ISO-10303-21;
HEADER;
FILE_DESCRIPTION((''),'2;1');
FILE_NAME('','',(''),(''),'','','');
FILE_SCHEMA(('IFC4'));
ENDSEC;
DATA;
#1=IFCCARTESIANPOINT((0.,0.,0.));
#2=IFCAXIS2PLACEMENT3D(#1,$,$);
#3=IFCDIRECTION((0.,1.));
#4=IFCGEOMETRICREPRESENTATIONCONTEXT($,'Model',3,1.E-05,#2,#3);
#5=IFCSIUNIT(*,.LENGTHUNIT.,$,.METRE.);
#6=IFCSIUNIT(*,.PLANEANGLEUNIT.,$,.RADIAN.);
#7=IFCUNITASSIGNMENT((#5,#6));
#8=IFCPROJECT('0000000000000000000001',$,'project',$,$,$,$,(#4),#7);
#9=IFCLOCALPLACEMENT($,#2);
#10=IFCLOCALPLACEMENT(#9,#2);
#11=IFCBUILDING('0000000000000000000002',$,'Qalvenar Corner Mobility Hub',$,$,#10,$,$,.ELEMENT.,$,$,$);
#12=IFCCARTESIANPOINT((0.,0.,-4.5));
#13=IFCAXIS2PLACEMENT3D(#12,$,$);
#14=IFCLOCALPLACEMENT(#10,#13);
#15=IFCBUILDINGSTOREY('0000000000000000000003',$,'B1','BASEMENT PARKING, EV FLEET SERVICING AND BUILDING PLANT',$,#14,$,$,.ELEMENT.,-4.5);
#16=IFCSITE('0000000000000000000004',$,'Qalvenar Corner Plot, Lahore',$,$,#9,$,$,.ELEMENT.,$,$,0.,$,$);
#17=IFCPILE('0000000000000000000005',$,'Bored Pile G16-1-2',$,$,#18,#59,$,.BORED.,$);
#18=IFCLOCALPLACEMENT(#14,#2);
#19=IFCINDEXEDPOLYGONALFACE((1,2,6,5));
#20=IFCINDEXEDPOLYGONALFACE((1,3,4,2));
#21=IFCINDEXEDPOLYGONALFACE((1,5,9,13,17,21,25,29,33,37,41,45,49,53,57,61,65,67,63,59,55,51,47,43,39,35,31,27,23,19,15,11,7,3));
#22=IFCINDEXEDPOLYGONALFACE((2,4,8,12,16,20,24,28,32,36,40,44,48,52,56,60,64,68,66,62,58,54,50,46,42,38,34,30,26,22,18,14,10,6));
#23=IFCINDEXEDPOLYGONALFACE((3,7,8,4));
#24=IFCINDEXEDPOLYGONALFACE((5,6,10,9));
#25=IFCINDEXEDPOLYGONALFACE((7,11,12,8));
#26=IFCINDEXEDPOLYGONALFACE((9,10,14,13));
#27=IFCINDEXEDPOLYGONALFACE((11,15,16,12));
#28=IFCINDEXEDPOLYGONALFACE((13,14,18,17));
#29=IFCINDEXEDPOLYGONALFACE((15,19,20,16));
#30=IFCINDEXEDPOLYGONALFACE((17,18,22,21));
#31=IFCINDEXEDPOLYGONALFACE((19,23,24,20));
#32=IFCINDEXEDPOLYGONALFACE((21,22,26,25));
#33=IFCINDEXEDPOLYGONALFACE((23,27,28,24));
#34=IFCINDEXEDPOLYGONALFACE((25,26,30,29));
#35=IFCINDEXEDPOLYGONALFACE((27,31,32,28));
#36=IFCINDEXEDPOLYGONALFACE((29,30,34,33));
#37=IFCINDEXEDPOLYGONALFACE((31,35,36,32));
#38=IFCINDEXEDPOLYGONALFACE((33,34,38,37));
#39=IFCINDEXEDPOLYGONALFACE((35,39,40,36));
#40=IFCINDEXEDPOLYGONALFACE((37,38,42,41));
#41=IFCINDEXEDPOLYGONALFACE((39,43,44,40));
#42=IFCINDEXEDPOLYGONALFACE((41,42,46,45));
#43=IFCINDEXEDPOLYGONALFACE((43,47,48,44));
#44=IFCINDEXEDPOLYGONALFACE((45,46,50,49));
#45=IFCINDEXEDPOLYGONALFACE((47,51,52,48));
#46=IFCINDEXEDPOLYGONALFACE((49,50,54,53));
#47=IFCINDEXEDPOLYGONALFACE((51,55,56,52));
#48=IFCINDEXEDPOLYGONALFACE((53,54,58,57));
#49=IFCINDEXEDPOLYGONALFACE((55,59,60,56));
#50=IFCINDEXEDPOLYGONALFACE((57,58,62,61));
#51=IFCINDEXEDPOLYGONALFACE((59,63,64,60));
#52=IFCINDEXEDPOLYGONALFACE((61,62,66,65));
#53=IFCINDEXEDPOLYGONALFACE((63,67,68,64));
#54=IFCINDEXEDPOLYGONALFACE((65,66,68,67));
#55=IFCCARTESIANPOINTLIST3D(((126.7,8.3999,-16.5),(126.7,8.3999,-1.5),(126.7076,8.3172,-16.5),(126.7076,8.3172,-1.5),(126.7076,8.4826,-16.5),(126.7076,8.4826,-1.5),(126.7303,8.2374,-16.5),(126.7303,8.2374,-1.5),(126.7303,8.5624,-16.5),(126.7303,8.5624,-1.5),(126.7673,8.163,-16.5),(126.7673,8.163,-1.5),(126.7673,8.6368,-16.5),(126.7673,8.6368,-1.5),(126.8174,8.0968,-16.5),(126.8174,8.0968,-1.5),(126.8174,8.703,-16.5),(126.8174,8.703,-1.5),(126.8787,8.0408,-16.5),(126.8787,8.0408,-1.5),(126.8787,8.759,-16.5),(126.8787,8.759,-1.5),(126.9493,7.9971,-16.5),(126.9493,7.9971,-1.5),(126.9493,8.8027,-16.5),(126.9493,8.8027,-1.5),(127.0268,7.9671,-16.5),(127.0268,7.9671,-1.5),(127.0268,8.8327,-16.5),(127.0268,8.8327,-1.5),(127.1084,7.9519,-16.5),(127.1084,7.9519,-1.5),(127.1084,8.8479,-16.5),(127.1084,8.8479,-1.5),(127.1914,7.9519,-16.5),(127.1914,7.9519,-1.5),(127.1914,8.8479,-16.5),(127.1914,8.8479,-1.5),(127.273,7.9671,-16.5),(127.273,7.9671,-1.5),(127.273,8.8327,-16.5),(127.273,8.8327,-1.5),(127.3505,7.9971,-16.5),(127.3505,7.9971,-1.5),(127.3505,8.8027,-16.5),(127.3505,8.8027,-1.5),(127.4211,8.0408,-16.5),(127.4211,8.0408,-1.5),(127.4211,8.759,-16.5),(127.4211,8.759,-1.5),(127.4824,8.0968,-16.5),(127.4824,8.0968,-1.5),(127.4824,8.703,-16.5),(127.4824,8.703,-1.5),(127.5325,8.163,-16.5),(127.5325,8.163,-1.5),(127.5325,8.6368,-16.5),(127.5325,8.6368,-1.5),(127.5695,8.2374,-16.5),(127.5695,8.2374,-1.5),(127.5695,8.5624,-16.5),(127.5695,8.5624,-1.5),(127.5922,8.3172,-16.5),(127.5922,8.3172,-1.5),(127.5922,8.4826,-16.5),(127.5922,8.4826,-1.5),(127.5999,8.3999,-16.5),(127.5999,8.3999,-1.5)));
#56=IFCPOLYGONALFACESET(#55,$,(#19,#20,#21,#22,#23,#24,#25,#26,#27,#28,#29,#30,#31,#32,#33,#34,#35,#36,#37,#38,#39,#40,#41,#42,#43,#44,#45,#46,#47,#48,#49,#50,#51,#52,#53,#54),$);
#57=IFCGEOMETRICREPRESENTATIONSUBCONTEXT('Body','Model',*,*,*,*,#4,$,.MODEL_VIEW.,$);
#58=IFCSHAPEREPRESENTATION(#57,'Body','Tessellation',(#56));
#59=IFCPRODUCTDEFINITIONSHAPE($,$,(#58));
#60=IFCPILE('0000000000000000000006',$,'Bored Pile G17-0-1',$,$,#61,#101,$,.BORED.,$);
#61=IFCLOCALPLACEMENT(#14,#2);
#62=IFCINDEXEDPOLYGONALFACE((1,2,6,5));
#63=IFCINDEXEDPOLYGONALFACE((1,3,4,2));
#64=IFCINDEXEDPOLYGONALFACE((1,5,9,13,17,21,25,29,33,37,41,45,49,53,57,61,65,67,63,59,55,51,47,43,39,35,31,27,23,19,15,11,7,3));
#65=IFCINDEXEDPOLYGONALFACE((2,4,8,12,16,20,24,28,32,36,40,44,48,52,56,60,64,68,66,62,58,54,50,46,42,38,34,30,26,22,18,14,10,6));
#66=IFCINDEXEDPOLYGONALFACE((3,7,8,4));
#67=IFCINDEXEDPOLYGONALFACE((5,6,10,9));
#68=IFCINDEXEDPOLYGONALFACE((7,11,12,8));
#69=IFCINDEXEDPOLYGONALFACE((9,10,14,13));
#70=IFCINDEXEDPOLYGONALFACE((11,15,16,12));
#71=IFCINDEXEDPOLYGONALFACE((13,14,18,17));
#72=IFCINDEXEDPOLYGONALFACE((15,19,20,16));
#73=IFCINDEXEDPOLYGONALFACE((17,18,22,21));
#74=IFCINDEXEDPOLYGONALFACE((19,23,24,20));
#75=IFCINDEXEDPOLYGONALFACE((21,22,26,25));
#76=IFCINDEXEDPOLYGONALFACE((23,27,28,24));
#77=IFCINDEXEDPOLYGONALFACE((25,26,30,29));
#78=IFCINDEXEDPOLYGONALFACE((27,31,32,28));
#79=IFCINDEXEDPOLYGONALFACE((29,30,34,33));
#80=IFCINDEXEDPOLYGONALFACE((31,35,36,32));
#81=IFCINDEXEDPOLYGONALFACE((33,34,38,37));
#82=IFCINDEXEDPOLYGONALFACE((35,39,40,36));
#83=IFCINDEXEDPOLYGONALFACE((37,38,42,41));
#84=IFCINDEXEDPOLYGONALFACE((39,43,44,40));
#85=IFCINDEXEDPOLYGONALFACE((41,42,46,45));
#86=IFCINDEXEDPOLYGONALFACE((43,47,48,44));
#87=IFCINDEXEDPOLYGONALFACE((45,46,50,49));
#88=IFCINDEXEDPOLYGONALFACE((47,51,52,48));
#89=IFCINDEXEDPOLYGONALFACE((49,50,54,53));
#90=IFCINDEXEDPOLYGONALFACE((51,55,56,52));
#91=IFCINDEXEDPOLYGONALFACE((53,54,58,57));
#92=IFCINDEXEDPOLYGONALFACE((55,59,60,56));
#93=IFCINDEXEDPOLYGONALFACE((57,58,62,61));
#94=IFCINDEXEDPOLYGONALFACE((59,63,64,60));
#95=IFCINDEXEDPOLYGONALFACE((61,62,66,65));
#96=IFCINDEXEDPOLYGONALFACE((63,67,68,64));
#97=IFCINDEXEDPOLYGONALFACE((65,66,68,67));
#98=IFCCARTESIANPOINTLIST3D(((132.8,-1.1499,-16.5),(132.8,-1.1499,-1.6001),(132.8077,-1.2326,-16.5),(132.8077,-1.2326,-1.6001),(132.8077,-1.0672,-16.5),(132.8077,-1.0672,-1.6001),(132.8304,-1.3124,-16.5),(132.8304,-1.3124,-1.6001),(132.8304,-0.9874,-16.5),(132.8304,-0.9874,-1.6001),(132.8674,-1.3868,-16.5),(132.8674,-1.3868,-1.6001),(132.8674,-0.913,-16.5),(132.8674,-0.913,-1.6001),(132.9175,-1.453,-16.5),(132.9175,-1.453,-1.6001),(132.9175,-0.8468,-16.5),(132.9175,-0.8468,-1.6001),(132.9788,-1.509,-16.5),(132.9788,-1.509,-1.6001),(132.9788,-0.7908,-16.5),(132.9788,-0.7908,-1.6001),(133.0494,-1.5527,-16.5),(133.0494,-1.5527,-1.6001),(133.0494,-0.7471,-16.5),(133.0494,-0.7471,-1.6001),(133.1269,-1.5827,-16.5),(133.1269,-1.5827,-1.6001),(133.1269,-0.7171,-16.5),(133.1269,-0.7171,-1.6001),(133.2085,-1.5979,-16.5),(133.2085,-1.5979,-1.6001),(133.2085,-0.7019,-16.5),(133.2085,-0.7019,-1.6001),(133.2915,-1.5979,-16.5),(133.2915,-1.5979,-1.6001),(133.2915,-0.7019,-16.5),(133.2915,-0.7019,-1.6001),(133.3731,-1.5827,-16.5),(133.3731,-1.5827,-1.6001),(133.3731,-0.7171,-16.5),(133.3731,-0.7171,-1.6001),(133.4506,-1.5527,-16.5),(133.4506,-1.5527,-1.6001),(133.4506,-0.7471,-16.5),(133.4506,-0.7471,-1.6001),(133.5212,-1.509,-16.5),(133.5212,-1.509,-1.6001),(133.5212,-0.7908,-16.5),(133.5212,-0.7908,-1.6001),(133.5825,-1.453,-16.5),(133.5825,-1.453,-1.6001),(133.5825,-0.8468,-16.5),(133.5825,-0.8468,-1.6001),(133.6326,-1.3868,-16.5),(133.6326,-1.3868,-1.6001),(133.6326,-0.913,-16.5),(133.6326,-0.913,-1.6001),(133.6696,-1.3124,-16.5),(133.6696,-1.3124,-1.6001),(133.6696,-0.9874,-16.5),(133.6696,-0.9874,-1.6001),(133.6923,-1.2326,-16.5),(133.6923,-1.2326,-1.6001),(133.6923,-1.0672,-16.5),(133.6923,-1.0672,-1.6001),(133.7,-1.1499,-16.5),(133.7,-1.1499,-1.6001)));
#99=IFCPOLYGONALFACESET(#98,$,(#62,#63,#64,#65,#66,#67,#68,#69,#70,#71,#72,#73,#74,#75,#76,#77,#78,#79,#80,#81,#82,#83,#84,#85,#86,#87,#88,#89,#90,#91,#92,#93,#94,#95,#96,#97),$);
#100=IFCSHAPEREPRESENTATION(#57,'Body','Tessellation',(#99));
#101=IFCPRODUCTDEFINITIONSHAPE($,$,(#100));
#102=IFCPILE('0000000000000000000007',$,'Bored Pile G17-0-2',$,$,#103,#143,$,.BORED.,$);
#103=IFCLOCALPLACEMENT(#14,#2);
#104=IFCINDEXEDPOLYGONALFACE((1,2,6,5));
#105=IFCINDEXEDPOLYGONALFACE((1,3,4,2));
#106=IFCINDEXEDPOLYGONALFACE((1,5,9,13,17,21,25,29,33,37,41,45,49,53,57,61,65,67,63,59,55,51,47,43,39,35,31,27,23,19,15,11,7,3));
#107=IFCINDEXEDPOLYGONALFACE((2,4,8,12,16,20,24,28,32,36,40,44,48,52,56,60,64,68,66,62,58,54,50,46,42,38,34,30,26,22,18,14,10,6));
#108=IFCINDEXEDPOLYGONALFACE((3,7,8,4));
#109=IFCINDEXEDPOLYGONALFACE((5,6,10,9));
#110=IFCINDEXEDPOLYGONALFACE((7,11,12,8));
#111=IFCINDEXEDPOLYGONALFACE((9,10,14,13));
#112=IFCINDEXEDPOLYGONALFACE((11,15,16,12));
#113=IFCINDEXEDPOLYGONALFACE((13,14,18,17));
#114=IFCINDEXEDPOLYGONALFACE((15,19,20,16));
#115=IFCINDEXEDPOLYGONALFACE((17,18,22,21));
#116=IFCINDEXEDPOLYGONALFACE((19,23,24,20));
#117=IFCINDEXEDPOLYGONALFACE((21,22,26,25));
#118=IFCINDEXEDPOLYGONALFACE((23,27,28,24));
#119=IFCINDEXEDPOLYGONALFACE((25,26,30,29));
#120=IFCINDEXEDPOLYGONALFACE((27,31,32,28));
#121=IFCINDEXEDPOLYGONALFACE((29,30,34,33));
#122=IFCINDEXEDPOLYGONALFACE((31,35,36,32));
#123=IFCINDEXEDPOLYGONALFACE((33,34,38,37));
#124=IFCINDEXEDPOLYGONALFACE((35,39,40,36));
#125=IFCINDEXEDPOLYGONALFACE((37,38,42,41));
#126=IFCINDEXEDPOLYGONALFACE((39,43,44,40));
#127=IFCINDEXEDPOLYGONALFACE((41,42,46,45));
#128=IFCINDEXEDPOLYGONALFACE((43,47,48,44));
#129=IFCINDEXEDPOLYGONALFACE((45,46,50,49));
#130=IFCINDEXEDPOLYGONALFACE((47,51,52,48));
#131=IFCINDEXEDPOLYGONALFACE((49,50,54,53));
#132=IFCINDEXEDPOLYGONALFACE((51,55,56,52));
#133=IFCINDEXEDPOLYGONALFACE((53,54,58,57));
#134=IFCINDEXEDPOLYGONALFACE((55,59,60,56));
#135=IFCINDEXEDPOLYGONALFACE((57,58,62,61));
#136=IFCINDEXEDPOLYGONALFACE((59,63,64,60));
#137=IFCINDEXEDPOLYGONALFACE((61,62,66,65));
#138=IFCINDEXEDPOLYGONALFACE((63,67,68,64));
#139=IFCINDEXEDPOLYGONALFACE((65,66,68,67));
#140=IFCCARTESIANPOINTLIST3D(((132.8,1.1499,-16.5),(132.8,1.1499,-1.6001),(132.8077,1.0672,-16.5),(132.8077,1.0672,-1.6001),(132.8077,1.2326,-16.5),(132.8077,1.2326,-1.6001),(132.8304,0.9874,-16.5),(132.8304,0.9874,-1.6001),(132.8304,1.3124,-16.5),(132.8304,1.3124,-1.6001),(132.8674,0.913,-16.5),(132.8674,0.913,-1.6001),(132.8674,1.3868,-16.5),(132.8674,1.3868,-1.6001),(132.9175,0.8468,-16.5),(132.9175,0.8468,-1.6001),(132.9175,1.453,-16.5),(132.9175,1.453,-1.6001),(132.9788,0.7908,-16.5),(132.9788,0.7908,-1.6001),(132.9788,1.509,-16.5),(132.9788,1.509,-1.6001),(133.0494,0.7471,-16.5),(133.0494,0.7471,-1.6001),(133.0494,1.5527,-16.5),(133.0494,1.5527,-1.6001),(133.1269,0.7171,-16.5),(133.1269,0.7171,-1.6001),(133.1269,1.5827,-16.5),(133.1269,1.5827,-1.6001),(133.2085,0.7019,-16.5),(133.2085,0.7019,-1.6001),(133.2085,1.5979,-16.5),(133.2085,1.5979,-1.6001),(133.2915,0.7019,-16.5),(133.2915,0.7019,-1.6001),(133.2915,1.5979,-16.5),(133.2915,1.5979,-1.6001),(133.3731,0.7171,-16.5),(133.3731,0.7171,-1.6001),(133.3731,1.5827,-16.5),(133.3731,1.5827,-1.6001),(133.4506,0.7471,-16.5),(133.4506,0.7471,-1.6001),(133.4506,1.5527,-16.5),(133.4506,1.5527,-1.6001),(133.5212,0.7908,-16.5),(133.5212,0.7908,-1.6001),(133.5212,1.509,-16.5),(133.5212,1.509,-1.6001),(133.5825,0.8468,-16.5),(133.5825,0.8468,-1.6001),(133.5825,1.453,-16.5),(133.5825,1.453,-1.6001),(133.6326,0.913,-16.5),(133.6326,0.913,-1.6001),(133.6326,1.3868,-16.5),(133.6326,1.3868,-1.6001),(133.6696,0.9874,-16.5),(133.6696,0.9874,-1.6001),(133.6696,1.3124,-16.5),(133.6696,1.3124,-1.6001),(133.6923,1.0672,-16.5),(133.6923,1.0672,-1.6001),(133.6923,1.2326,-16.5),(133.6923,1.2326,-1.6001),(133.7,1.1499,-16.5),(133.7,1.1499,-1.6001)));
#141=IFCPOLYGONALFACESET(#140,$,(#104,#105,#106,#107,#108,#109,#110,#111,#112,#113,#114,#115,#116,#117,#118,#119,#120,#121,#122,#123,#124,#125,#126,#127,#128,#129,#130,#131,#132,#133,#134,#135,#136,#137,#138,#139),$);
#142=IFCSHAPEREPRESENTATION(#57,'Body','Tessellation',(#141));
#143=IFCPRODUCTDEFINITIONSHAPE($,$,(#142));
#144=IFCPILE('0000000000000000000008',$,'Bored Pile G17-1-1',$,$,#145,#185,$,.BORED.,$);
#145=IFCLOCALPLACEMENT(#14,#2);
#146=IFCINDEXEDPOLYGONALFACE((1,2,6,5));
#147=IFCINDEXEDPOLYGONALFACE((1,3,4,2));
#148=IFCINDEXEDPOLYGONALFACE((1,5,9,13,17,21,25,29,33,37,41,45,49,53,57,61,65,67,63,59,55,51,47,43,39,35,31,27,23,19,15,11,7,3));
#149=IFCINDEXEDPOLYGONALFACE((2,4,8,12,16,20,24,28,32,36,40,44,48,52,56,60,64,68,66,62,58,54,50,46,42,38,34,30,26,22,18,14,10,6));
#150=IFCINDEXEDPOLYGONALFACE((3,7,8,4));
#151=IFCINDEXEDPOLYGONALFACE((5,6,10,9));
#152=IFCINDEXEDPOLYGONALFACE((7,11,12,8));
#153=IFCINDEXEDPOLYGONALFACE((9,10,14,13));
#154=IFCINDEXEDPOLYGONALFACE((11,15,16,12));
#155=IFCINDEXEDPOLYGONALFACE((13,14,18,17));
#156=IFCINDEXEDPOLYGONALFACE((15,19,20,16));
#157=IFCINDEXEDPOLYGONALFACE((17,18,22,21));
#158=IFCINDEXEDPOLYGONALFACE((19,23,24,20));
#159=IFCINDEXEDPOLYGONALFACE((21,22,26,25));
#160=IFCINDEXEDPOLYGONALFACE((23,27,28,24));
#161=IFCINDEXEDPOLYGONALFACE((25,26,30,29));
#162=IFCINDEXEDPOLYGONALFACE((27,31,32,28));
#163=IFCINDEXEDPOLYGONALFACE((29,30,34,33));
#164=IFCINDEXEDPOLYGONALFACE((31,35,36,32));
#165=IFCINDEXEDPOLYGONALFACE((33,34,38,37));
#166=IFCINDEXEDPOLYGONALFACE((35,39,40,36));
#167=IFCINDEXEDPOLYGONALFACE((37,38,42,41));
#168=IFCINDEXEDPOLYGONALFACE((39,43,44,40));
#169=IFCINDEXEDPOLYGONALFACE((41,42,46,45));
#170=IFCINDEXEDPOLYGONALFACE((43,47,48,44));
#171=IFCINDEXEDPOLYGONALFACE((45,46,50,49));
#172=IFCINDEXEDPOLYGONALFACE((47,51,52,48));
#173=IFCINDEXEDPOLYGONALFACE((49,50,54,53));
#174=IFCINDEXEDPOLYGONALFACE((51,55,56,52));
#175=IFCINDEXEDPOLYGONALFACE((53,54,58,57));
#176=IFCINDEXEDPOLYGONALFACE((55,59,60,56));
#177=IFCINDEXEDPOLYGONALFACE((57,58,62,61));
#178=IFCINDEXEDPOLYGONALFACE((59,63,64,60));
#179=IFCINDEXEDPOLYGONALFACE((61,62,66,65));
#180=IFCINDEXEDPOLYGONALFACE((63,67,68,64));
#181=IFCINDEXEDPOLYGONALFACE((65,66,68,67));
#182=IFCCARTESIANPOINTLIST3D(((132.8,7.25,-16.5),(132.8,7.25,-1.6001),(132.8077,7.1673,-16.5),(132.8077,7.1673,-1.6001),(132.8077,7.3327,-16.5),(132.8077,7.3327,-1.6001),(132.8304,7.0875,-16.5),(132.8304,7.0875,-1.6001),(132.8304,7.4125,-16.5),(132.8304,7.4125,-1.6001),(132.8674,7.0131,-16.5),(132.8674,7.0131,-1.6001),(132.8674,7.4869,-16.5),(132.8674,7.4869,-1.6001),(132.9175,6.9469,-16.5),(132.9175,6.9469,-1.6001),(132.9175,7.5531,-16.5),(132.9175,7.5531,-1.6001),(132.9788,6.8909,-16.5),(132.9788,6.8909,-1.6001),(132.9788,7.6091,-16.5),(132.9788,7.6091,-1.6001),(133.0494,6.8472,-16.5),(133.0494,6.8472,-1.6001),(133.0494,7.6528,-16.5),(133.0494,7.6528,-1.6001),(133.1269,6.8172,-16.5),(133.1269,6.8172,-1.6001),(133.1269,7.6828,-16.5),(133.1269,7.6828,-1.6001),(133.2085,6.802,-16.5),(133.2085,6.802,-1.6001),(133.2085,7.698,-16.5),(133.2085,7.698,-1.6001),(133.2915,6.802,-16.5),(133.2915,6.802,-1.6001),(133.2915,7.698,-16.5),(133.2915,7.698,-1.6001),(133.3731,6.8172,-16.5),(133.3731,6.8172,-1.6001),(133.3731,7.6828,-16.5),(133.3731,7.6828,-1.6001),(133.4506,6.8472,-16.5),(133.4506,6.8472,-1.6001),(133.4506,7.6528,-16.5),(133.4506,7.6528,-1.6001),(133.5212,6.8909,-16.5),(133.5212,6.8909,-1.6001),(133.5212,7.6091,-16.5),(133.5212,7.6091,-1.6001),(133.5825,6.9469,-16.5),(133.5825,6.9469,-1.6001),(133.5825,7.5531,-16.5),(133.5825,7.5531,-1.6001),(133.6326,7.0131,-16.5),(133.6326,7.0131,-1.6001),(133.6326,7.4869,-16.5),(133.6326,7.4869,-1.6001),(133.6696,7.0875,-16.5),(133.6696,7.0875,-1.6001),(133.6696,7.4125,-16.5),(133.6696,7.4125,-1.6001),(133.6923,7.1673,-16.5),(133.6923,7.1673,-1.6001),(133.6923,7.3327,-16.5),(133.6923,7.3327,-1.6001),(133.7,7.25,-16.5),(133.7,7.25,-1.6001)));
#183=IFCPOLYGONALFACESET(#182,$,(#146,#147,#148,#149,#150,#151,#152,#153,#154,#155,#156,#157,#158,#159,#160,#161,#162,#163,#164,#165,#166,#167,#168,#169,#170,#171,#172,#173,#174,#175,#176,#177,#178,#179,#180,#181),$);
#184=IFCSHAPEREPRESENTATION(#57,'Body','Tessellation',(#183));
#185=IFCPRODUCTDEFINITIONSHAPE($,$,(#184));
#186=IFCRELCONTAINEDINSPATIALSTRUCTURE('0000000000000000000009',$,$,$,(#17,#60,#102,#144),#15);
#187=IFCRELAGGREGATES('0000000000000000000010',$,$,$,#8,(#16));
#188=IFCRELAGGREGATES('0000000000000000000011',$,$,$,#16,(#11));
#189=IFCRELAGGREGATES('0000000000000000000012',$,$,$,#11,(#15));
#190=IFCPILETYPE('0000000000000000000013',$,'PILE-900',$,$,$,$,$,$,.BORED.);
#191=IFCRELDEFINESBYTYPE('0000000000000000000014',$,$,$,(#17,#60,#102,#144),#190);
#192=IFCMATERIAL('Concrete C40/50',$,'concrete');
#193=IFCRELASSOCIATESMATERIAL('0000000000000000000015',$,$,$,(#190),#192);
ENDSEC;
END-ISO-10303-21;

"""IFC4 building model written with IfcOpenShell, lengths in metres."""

from ifc_helpers import new_model, si_unit, direction, frame, origin, origin_2d, place, context, subcontext, project, spatial, circle, extrude, material, material_profile, profile_set, type_object, element, save


model = new_model("IFC4")

# Units and contexts
model_context = context("Model", 3, precision=1e-05, world=origin(), true_north=direction((0.0, 1.0)))
body_context = subcontext(model_context, "Body", "Model", "MODEL_VIEW")
ifc_project = project(units=[si_unit("LENGTHUNIT", "METRE"), si_unit("PLANEANGLEUNIT", "RADIAN")], contexts=[model_context])

# Site, building, storey
site_placement = place(None, origin())
site = spatial("IfcSite", under=ifc_project, at=site_placement, Name="Qalvenar Corner Plot, Lahore", CompositionType="ELEMENT", RefElevation=0.0)
building_placement = place(site_placement, origin())
building = spatial("IfcBuilding", under=site, at=building_placement, Name="Qalvenar Corner Mobility Hub", CompositionType="ELEMENT")
storey_placement = place(building_placement, frame((0.0, 0.0, -4.5)))
storey = spatial("IfcBuildingStorey", under=building, at=storey_placement, Name="B1", Description="BASEMENT PARKING, EV FLEET SERVICING AND BUILDING PLANT", CompositionType="ELEMENT", Elevation=-4.5)

# Shared definitions
ifc_material_1 = material(Name="Concrete C40/50", Category="concrete")

# Piles
ifc_material_profile_1 = material_profile(ifc_material_1, circle(Radius=0.45, at=origin_2d()), Name="DIA900")
ifc_profile_set_1 = profile_set([ifc_material_profile_1], Name="Concrete C40/50")
pile_type_1 = type_object("IfcPileType", Name="PILE-900", PredefinedType="BORED", material=ifc_profile_set_1)
for number, where, z_axis, x_axis, name in (
    (1, (127.1499, 8.3999, -1.5), (0.0, 0.0, -1.0), (1.0, 0.0, 0.0), "Bored Pile G16-1-2"),
):
    element("IfcPile", number, at=place(storey_placement, frame(where, z_axis=z_axis, x_axis=x_axis)), inside=storey, type_object=pile_type_1, Name=name, PredefinedType="BORED", context=body_context, shape_type="SweptSolid", body=[
        extrude(circle(Radius=0.45, at=origin_2d()), origin(), (0.0, 0.0, 1.0), 15.0),
    ])
for number, where, z_axis, x_axis, name in (
    (2, (133.25, -1.1499, -1.6001), (0.0, 0.0, -1.0), (1.0, 0.0, 0.0), "Bored Pile G17-0-1"),
    (3, (133.25, 1.1499, -1.6001), (0.0, 0.0, -1.0), (1.0, 0.0, 0.0), "Bored Pile G17-0-2"),
    (4, (133.25, 7.25, -1.6001), (0.0, 0.0, -1.0), (1.0, 0.0, 0.0), "Bored Pile G17-1-1"),
):
    element("IfcPile", number, at=place(storey_placement, frame(where, z_axis=z_axis, x_axis=x_axis)), inside=storey, type_object=pile_type_1, Name=name, PredefinedType="BORED", context=body_context, shape_type="SweptSolid", body=[
        extrude(circle(Radius=0.45, at=origin_2d()), origin(), (0.0, 0.0, 1.0), 14.8999),
    ])

save(model, "model.ifc")
